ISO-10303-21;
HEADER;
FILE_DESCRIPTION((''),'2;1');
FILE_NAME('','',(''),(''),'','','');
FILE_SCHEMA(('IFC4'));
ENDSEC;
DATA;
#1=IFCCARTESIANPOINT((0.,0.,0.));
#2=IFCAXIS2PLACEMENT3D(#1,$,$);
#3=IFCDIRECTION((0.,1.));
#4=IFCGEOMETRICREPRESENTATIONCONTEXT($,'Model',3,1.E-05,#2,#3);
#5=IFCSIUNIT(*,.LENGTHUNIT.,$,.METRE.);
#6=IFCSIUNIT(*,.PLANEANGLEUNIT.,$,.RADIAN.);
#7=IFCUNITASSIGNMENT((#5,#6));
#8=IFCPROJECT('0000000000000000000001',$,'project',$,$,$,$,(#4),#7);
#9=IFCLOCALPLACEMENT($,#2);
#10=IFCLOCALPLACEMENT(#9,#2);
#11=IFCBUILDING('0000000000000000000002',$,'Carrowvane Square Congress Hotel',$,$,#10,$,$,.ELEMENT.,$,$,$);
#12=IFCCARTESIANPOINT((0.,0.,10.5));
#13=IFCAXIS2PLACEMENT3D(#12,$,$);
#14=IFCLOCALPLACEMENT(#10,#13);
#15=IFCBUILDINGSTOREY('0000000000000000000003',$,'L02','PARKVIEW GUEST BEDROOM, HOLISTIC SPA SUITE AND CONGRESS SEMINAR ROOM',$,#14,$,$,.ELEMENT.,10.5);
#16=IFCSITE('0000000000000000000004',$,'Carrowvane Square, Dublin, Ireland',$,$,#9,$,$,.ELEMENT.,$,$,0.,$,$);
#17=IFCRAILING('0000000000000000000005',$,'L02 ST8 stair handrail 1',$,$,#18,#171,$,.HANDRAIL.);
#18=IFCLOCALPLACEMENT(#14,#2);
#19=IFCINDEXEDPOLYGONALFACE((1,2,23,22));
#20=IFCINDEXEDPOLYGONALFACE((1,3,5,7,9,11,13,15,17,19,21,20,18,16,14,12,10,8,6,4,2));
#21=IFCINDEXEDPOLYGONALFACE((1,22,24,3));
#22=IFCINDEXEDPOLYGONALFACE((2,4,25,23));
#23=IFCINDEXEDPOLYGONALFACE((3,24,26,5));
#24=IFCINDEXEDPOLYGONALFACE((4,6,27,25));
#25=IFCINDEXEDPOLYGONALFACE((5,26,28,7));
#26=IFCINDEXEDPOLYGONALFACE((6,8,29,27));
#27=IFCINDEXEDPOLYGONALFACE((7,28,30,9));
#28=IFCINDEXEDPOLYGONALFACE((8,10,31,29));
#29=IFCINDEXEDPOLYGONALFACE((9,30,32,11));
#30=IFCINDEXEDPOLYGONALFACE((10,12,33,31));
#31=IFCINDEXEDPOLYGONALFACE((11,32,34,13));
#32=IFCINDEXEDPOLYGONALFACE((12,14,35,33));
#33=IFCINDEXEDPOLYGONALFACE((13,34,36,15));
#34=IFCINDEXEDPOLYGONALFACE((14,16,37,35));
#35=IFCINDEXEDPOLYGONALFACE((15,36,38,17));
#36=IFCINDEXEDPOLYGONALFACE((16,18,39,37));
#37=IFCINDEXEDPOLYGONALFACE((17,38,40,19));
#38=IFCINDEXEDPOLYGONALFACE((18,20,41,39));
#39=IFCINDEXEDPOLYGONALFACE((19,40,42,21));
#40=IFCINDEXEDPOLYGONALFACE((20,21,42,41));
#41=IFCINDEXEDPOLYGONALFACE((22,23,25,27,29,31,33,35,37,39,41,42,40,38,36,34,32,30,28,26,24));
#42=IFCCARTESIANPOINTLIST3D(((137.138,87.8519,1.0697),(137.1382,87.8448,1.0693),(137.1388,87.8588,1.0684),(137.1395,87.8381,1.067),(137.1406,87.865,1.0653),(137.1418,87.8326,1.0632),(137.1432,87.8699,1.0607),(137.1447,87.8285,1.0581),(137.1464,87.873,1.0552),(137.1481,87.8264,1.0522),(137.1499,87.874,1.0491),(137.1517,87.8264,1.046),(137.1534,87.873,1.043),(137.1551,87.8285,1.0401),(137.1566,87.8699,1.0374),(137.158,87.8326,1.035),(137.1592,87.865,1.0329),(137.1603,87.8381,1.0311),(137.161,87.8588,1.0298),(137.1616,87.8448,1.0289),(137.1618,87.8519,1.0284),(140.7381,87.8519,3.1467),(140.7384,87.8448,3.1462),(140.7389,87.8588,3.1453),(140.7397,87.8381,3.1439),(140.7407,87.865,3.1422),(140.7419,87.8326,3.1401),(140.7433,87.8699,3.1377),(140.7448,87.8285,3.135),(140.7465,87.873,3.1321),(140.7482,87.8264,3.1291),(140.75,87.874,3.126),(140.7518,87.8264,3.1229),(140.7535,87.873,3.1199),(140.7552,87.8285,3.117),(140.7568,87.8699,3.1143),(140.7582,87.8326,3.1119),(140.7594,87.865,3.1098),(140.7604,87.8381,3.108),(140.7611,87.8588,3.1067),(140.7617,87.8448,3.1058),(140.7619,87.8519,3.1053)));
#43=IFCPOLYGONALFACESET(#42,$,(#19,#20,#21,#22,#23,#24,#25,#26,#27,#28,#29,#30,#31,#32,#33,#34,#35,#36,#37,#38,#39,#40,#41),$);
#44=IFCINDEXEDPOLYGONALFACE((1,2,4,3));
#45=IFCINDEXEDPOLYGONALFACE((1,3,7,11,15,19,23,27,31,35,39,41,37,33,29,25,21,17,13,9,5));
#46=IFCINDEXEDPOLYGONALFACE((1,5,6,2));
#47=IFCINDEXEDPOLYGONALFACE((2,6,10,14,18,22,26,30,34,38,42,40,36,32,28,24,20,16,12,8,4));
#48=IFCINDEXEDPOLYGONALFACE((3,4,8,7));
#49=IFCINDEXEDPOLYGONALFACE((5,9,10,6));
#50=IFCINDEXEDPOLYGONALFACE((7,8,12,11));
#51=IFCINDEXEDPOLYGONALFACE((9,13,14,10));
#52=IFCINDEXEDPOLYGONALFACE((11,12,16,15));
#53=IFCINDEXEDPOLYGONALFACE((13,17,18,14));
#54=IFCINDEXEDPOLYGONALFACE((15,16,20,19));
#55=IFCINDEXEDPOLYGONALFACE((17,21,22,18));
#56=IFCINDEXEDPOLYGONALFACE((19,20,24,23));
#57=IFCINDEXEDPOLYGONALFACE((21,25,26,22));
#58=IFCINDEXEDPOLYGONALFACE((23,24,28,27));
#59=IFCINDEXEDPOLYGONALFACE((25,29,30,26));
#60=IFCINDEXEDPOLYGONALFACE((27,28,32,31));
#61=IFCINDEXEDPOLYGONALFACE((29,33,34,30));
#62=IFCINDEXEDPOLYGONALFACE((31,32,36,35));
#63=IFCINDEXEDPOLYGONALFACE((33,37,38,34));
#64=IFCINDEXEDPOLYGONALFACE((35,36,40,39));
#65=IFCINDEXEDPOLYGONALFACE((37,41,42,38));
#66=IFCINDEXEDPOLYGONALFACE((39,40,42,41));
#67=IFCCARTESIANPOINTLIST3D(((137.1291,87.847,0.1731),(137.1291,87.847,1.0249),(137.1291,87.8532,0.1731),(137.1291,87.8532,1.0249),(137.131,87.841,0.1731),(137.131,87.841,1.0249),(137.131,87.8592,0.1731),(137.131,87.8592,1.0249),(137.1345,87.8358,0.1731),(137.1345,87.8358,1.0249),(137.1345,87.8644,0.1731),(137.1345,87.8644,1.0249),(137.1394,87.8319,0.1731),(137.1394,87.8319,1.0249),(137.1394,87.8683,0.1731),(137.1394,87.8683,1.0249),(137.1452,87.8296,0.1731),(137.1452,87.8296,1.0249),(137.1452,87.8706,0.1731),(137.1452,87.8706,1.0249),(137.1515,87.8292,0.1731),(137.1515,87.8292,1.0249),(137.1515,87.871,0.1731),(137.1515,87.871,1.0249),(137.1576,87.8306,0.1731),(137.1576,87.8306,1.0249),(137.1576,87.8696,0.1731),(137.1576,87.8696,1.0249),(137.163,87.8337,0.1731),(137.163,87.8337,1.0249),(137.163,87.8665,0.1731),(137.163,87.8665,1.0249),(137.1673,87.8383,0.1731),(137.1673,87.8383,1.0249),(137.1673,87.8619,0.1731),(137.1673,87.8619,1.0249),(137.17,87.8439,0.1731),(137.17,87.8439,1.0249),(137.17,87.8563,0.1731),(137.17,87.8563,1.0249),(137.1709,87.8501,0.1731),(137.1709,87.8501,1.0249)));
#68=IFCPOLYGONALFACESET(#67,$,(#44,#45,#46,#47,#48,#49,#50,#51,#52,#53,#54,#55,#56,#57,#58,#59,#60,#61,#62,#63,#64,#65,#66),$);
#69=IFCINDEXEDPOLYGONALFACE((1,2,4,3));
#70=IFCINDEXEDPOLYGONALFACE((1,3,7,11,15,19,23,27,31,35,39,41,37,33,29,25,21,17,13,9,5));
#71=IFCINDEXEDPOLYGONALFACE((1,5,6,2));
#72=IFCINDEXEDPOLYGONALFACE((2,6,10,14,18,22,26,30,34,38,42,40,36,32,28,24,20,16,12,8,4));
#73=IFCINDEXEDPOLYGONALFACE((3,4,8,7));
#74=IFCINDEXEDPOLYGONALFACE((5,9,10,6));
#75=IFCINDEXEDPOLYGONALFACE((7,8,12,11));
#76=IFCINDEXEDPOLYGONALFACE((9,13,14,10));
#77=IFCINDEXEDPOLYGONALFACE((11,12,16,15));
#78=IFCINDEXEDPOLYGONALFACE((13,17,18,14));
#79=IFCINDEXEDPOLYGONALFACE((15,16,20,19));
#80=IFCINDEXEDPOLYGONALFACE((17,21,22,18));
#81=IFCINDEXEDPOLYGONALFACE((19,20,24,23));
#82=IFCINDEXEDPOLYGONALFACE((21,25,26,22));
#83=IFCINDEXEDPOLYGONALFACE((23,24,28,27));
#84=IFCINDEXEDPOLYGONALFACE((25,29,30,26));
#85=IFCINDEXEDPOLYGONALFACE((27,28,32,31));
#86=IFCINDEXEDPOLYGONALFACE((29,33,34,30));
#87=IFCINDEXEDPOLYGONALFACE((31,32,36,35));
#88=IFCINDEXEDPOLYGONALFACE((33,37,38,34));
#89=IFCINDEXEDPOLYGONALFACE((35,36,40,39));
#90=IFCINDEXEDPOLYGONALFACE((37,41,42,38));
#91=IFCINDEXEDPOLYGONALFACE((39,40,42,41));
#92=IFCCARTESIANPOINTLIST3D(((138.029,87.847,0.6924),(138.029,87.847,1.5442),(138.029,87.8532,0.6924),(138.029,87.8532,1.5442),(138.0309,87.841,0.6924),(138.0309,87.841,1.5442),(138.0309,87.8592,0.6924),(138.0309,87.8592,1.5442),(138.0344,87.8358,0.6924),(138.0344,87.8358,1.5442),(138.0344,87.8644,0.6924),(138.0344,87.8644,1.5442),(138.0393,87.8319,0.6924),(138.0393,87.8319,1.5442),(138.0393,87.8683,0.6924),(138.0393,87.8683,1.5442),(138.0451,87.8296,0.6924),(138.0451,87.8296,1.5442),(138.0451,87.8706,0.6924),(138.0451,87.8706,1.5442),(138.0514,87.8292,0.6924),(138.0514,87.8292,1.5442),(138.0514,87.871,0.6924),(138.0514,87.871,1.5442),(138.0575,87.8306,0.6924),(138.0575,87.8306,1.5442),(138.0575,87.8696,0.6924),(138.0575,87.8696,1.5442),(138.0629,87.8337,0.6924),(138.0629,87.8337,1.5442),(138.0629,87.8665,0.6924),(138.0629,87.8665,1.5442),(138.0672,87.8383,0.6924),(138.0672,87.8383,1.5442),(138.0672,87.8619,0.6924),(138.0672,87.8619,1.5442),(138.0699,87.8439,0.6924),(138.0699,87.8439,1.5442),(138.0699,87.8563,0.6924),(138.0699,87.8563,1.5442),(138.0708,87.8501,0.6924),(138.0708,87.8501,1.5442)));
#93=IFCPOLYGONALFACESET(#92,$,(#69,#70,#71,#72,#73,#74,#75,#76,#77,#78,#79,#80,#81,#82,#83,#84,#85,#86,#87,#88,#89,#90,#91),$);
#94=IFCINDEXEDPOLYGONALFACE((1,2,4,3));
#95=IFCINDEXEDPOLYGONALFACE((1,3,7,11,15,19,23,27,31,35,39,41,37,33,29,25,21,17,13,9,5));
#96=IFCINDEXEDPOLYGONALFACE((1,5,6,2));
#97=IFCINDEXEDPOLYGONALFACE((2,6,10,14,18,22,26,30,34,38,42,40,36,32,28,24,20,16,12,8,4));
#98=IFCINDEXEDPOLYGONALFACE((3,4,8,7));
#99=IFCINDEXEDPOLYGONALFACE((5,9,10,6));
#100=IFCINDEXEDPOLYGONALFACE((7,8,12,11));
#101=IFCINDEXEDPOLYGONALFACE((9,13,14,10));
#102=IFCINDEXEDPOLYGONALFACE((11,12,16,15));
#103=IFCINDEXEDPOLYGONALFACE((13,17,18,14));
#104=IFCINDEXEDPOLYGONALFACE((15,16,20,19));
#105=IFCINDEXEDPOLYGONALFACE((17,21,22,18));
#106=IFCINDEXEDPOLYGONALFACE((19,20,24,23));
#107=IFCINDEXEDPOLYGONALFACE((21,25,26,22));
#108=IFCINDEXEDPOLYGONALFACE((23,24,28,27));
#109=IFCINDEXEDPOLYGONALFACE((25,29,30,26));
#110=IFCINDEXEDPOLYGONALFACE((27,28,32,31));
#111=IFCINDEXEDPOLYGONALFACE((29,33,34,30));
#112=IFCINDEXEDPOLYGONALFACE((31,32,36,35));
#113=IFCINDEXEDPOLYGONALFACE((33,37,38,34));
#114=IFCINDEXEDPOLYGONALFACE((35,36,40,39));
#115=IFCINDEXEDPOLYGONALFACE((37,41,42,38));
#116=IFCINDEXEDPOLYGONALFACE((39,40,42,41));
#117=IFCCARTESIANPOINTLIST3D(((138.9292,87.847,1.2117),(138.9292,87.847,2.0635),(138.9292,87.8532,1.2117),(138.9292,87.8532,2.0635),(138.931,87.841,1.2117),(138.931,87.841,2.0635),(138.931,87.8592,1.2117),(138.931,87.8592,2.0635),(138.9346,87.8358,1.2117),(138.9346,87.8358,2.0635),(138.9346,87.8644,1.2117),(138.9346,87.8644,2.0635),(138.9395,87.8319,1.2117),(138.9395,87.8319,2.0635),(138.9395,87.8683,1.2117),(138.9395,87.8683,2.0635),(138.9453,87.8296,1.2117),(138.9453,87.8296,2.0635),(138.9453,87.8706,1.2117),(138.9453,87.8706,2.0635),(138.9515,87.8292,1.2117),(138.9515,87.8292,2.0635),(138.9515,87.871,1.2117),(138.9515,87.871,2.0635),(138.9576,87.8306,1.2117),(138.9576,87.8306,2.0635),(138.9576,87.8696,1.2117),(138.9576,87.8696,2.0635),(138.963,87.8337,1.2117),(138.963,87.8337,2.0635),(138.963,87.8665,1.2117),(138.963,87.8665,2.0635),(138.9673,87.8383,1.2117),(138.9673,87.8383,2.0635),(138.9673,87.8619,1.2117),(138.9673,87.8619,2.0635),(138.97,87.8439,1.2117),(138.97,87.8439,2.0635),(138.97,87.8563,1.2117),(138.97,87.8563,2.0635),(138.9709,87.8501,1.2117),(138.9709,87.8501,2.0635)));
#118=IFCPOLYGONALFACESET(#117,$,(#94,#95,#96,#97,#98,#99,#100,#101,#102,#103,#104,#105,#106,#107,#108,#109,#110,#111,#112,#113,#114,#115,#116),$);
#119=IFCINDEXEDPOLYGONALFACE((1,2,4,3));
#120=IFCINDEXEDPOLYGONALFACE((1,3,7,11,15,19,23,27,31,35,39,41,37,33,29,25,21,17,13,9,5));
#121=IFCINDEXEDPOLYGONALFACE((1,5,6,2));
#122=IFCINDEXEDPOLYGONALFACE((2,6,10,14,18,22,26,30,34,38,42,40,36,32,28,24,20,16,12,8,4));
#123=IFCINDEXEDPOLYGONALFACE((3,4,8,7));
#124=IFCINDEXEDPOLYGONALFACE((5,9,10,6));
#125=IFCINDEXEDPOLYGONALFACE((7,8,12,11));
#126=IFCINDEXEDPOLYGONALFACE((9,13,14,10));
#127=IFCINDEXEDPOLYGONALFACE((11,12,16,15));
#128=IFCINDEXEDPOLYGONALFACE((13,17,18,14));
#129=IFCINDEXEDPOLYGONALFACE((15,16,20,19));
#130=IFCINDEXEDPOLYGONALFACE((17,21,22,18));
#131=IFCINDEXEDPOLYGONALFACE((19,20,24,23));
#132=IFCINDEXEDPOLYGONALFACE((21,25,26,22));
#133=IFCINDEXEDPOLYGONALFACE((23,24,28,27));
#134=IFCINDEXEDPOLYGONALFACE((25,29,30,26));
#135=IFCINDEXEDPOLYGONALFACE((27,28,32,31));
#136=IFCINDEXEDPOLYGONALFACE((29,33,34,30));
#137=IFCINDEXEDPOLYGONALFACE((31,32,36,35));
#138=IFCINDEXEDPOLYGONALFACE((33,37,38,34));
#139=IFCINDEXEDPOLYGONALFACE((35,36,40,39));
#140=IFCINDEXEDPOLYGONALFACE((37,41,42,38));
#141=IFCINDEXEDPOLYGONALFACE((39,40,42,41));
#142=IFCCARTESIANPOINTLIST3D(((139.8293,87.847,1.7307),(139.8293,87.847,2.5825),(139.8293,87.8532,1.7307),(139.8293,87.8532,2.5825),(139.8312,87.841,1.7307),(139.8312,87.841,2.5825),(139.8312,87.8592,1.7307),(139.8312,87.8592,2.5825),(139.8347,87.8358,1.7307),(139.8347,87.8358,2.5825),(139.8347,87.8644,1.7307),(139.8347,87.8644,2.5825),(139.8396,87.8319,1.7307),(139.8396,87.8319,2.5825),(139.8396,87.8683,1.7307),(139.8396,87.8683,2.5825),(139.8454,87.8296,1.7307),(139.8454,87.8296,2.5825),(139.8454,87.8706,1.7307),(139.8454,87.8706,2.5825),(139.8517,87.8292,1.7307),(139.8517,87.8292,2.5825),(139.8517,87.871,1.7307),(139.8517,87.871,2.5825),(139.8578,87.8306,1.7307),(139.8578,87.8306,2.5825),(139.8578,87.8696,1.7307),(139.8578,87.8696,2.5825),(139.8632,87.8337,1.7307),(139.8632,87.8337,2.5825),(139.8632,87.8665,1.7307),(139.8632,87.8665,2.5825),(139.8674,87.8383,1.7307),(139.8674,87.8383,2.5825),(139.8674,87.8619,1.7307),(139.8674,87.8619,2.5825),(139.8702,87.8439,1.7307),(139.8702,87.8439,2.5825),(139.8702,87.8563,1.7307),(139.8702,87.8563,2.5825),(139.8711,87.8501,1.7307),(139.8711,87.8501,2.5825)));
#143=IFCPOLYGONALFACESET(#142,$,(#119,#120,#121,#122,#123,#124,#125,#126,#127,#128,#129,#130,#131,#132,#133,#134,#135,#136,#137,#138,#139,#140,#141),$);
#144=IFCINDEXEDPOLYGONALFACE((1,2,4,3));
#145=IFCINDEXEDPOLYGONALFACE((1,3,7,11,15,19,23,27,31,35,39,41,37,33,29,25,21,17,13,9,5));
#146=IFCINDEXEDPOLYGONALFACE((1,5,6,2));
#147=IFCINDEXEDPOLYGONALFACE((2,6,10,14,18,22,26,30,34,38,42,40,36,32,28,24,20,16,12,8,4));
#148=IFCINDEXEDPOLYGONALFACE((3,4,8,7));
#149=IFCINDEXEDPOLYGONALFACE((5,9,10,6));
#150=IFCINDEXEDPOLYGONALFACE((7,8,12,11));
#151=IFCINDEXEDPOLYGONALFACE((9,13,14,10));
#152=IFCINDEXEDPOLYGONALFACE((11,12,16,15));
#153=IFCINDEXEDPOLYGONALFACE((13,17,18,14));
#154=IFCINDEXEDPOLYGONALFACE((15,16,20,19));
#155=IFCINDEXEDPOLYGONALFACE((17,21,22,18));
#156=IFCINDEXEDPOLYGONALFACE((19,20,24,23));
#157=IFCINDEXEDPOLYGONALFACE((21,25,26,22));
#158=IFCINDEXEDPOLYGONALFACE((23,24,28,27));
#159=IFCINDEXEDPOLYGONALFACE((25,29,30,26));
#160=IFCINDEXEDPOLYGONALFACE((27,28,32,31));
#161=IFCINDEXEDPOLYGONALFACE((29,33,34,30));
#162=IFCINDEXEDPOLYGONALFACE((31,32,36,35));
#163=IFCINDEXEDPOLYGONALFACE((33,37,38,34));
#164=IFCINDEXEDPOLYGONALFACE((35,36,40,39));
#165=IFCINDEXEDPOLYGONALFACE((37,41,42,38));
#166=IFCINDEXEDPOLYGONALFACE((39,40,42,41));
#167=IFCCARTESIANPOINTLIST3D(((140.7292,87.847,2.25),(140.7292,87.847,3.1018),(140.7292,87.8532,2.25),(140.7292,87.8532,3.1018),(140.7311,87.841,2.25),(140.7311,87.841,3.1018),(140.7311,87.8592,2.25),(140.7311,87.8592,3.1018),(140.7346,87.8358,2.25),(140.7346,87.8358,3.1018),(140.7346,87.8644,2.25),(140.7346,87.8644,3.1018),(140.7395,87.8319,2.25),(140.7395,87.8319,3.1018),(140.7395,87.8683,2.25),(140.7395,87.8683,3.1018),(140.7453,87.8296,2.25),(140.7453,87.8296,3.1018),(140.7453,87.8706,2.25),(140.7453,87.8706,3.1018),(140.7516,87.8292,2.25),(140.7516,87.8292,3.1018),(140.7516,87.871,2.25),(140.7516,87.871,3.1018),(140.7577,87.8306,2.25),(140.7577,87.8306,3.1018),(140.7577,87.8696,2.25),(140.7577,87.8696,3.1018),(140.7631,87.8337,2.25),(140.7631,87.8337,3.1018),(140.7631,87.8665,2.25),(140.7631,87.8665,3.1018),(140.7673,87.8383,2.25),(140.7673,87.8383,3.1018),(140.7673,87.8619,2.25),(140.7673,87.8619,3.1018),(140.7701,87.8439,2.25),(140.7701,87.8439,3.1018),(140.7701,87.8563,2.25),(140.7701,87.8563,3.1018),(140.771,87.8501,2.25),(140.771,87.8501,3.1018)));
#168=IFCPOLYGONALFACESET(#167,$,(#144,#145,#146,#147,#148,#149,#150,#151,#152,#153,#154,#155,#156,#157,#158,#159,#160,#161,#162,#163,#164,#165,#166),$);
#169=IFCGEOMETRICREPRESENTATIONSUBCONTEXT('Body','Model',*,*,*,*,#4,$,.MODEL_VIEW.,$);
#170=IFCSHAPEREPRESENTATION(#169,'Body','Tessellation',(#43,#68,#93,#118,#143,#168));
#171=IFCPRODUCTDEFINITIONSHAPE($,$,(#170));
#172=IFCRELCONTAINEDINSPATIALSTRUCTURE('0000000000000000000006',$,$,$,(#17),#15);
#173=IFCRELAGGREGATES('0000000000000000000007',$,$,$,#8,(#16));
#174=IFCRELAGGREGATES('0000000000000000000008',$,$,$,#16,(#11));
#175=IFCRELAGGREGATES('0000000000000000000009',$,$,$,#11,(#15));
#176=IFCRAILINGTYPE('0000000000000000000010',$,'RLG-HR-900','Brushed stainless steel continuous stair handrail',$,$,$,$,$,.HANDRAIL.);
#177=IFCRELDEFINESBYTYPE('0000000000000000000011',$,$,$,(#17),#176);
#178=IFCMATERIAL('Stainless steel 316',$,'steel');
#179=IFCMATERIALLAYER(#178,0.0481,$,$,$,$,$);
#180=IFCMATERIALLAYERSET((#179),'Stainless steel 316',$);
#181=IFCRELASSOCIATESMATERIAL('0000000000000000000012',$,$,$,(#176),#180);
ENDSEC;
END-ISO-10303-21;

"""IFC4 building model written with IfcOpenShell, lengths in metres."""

from ifc_helpers import new_model, si_unit, direction, frame, origin, origin_2d, place, context, subcontext, project, spatial, circle, extrude, material, layer, layer_set, type_object, element, save


model = new_model("IFC4")

# Units and contexts
model_context = context("Model", 3, precision=1e-05, world=origin(), true_north=direction((0.0, 1.0)))
body_context = subcontext(model_context, "Body", "Model", "MODEL_VIEW")
ifc_project = project(units=[si_unit("LENGTHUNIT", "METRE"), si_unit("PLANEANGLEUNIT", "RADIAN")], contexts=[model_context])

# Site, building, storey
site_placement = place(None, origin())
site = spatial("IfcSite", under=ifc_project, at=site_placement, Name="Carrowvane Square, Dublin, Ireland", CompositionType="ELEMENT", RefElevation=0.0)
building_placement = place(site_placement, origin())
building = spatial("IfcBuilding", under=site, at=building_placement, Name="Carrowvane Square Congress Hotel", CompositionType="ELEMENT")
storey_placement = place(building_placement, frame((0.0, 0.0, 10.5)))
storey = spatial("IfcBuildingStorey", under=building, at=storey_placement, Name="L02", Description="PARKVIEW GUEST BEDROOM, HOLISTIC SPA SUITE AND CONGRESS SEMINAR ROOM", CompositionType="ELEMENT", Elevation=10.5)

# Railing
ifc_material_1 = material(Name="Stainless steel 316", Category="steel")
ifc_layer_1 = layer(ifc_material_1, 0.0481)
ifc_layer_set_1 = layer_set([ifc_layer_1], Name="Stainless steel 316")
railing_type_1 = type_object("IfcRailingType", Name="RLG-HR-900", Description="Brushed stainless steel continuous stair handrail", PredefinedType="HANDRAIL", material=ifc_layer_set_1)
railing_1_placement = place(storey_placement, frame((137.1499, 87.8501, 0.1731)))
element("IfcRailing", 1, at=railing_1_placement, inside=storey, type_object=railing_type_1, Name="L02 ST8 stair handrail 1", PredefinedType="HANDRAIL", context=body_context, shape_type="SweptSolid", body=[
    extrude(circle(Radius=0.0239, at=origin_2d()), frame((0.0, 0.0, 0.876), z_axis=(0.866193, 0.0, 0.499709), x_axis=(0.0, 1.0, 0.0)), (0.0, 0.0, 1.0), 4.1562),
    extrude(circle(Radius=0.021, at=origin_2d()), origin(), (0.0, 0.0, 1.0), 0.8518),
    extrude(circle(Radius=0.021, at=origin_2d()), frame((0.8999, 0.0, 0.5193)), (0.0, 0.0, 1.0), 0.8518),
    extrude(circle(Radius=0.021, at=origin_2d()), frame((1.8, 0.0, 1.0386)), (0.0, 0.0, 1.0), 0.8518),
    extrude(circle(Radius=0.021, at=origin_2d()), frame((2.7002, 0.0, 1.5576)), (0.0, 0.0, 1.0), 0.8518),
    extrude(circle(Radius=0.021, at=origin_2d()), frame((3.6001, 0.0, 2.0769)), (0.0, 0.0, 1.0), 0.8518),
])

save(model, "model.ifc")
